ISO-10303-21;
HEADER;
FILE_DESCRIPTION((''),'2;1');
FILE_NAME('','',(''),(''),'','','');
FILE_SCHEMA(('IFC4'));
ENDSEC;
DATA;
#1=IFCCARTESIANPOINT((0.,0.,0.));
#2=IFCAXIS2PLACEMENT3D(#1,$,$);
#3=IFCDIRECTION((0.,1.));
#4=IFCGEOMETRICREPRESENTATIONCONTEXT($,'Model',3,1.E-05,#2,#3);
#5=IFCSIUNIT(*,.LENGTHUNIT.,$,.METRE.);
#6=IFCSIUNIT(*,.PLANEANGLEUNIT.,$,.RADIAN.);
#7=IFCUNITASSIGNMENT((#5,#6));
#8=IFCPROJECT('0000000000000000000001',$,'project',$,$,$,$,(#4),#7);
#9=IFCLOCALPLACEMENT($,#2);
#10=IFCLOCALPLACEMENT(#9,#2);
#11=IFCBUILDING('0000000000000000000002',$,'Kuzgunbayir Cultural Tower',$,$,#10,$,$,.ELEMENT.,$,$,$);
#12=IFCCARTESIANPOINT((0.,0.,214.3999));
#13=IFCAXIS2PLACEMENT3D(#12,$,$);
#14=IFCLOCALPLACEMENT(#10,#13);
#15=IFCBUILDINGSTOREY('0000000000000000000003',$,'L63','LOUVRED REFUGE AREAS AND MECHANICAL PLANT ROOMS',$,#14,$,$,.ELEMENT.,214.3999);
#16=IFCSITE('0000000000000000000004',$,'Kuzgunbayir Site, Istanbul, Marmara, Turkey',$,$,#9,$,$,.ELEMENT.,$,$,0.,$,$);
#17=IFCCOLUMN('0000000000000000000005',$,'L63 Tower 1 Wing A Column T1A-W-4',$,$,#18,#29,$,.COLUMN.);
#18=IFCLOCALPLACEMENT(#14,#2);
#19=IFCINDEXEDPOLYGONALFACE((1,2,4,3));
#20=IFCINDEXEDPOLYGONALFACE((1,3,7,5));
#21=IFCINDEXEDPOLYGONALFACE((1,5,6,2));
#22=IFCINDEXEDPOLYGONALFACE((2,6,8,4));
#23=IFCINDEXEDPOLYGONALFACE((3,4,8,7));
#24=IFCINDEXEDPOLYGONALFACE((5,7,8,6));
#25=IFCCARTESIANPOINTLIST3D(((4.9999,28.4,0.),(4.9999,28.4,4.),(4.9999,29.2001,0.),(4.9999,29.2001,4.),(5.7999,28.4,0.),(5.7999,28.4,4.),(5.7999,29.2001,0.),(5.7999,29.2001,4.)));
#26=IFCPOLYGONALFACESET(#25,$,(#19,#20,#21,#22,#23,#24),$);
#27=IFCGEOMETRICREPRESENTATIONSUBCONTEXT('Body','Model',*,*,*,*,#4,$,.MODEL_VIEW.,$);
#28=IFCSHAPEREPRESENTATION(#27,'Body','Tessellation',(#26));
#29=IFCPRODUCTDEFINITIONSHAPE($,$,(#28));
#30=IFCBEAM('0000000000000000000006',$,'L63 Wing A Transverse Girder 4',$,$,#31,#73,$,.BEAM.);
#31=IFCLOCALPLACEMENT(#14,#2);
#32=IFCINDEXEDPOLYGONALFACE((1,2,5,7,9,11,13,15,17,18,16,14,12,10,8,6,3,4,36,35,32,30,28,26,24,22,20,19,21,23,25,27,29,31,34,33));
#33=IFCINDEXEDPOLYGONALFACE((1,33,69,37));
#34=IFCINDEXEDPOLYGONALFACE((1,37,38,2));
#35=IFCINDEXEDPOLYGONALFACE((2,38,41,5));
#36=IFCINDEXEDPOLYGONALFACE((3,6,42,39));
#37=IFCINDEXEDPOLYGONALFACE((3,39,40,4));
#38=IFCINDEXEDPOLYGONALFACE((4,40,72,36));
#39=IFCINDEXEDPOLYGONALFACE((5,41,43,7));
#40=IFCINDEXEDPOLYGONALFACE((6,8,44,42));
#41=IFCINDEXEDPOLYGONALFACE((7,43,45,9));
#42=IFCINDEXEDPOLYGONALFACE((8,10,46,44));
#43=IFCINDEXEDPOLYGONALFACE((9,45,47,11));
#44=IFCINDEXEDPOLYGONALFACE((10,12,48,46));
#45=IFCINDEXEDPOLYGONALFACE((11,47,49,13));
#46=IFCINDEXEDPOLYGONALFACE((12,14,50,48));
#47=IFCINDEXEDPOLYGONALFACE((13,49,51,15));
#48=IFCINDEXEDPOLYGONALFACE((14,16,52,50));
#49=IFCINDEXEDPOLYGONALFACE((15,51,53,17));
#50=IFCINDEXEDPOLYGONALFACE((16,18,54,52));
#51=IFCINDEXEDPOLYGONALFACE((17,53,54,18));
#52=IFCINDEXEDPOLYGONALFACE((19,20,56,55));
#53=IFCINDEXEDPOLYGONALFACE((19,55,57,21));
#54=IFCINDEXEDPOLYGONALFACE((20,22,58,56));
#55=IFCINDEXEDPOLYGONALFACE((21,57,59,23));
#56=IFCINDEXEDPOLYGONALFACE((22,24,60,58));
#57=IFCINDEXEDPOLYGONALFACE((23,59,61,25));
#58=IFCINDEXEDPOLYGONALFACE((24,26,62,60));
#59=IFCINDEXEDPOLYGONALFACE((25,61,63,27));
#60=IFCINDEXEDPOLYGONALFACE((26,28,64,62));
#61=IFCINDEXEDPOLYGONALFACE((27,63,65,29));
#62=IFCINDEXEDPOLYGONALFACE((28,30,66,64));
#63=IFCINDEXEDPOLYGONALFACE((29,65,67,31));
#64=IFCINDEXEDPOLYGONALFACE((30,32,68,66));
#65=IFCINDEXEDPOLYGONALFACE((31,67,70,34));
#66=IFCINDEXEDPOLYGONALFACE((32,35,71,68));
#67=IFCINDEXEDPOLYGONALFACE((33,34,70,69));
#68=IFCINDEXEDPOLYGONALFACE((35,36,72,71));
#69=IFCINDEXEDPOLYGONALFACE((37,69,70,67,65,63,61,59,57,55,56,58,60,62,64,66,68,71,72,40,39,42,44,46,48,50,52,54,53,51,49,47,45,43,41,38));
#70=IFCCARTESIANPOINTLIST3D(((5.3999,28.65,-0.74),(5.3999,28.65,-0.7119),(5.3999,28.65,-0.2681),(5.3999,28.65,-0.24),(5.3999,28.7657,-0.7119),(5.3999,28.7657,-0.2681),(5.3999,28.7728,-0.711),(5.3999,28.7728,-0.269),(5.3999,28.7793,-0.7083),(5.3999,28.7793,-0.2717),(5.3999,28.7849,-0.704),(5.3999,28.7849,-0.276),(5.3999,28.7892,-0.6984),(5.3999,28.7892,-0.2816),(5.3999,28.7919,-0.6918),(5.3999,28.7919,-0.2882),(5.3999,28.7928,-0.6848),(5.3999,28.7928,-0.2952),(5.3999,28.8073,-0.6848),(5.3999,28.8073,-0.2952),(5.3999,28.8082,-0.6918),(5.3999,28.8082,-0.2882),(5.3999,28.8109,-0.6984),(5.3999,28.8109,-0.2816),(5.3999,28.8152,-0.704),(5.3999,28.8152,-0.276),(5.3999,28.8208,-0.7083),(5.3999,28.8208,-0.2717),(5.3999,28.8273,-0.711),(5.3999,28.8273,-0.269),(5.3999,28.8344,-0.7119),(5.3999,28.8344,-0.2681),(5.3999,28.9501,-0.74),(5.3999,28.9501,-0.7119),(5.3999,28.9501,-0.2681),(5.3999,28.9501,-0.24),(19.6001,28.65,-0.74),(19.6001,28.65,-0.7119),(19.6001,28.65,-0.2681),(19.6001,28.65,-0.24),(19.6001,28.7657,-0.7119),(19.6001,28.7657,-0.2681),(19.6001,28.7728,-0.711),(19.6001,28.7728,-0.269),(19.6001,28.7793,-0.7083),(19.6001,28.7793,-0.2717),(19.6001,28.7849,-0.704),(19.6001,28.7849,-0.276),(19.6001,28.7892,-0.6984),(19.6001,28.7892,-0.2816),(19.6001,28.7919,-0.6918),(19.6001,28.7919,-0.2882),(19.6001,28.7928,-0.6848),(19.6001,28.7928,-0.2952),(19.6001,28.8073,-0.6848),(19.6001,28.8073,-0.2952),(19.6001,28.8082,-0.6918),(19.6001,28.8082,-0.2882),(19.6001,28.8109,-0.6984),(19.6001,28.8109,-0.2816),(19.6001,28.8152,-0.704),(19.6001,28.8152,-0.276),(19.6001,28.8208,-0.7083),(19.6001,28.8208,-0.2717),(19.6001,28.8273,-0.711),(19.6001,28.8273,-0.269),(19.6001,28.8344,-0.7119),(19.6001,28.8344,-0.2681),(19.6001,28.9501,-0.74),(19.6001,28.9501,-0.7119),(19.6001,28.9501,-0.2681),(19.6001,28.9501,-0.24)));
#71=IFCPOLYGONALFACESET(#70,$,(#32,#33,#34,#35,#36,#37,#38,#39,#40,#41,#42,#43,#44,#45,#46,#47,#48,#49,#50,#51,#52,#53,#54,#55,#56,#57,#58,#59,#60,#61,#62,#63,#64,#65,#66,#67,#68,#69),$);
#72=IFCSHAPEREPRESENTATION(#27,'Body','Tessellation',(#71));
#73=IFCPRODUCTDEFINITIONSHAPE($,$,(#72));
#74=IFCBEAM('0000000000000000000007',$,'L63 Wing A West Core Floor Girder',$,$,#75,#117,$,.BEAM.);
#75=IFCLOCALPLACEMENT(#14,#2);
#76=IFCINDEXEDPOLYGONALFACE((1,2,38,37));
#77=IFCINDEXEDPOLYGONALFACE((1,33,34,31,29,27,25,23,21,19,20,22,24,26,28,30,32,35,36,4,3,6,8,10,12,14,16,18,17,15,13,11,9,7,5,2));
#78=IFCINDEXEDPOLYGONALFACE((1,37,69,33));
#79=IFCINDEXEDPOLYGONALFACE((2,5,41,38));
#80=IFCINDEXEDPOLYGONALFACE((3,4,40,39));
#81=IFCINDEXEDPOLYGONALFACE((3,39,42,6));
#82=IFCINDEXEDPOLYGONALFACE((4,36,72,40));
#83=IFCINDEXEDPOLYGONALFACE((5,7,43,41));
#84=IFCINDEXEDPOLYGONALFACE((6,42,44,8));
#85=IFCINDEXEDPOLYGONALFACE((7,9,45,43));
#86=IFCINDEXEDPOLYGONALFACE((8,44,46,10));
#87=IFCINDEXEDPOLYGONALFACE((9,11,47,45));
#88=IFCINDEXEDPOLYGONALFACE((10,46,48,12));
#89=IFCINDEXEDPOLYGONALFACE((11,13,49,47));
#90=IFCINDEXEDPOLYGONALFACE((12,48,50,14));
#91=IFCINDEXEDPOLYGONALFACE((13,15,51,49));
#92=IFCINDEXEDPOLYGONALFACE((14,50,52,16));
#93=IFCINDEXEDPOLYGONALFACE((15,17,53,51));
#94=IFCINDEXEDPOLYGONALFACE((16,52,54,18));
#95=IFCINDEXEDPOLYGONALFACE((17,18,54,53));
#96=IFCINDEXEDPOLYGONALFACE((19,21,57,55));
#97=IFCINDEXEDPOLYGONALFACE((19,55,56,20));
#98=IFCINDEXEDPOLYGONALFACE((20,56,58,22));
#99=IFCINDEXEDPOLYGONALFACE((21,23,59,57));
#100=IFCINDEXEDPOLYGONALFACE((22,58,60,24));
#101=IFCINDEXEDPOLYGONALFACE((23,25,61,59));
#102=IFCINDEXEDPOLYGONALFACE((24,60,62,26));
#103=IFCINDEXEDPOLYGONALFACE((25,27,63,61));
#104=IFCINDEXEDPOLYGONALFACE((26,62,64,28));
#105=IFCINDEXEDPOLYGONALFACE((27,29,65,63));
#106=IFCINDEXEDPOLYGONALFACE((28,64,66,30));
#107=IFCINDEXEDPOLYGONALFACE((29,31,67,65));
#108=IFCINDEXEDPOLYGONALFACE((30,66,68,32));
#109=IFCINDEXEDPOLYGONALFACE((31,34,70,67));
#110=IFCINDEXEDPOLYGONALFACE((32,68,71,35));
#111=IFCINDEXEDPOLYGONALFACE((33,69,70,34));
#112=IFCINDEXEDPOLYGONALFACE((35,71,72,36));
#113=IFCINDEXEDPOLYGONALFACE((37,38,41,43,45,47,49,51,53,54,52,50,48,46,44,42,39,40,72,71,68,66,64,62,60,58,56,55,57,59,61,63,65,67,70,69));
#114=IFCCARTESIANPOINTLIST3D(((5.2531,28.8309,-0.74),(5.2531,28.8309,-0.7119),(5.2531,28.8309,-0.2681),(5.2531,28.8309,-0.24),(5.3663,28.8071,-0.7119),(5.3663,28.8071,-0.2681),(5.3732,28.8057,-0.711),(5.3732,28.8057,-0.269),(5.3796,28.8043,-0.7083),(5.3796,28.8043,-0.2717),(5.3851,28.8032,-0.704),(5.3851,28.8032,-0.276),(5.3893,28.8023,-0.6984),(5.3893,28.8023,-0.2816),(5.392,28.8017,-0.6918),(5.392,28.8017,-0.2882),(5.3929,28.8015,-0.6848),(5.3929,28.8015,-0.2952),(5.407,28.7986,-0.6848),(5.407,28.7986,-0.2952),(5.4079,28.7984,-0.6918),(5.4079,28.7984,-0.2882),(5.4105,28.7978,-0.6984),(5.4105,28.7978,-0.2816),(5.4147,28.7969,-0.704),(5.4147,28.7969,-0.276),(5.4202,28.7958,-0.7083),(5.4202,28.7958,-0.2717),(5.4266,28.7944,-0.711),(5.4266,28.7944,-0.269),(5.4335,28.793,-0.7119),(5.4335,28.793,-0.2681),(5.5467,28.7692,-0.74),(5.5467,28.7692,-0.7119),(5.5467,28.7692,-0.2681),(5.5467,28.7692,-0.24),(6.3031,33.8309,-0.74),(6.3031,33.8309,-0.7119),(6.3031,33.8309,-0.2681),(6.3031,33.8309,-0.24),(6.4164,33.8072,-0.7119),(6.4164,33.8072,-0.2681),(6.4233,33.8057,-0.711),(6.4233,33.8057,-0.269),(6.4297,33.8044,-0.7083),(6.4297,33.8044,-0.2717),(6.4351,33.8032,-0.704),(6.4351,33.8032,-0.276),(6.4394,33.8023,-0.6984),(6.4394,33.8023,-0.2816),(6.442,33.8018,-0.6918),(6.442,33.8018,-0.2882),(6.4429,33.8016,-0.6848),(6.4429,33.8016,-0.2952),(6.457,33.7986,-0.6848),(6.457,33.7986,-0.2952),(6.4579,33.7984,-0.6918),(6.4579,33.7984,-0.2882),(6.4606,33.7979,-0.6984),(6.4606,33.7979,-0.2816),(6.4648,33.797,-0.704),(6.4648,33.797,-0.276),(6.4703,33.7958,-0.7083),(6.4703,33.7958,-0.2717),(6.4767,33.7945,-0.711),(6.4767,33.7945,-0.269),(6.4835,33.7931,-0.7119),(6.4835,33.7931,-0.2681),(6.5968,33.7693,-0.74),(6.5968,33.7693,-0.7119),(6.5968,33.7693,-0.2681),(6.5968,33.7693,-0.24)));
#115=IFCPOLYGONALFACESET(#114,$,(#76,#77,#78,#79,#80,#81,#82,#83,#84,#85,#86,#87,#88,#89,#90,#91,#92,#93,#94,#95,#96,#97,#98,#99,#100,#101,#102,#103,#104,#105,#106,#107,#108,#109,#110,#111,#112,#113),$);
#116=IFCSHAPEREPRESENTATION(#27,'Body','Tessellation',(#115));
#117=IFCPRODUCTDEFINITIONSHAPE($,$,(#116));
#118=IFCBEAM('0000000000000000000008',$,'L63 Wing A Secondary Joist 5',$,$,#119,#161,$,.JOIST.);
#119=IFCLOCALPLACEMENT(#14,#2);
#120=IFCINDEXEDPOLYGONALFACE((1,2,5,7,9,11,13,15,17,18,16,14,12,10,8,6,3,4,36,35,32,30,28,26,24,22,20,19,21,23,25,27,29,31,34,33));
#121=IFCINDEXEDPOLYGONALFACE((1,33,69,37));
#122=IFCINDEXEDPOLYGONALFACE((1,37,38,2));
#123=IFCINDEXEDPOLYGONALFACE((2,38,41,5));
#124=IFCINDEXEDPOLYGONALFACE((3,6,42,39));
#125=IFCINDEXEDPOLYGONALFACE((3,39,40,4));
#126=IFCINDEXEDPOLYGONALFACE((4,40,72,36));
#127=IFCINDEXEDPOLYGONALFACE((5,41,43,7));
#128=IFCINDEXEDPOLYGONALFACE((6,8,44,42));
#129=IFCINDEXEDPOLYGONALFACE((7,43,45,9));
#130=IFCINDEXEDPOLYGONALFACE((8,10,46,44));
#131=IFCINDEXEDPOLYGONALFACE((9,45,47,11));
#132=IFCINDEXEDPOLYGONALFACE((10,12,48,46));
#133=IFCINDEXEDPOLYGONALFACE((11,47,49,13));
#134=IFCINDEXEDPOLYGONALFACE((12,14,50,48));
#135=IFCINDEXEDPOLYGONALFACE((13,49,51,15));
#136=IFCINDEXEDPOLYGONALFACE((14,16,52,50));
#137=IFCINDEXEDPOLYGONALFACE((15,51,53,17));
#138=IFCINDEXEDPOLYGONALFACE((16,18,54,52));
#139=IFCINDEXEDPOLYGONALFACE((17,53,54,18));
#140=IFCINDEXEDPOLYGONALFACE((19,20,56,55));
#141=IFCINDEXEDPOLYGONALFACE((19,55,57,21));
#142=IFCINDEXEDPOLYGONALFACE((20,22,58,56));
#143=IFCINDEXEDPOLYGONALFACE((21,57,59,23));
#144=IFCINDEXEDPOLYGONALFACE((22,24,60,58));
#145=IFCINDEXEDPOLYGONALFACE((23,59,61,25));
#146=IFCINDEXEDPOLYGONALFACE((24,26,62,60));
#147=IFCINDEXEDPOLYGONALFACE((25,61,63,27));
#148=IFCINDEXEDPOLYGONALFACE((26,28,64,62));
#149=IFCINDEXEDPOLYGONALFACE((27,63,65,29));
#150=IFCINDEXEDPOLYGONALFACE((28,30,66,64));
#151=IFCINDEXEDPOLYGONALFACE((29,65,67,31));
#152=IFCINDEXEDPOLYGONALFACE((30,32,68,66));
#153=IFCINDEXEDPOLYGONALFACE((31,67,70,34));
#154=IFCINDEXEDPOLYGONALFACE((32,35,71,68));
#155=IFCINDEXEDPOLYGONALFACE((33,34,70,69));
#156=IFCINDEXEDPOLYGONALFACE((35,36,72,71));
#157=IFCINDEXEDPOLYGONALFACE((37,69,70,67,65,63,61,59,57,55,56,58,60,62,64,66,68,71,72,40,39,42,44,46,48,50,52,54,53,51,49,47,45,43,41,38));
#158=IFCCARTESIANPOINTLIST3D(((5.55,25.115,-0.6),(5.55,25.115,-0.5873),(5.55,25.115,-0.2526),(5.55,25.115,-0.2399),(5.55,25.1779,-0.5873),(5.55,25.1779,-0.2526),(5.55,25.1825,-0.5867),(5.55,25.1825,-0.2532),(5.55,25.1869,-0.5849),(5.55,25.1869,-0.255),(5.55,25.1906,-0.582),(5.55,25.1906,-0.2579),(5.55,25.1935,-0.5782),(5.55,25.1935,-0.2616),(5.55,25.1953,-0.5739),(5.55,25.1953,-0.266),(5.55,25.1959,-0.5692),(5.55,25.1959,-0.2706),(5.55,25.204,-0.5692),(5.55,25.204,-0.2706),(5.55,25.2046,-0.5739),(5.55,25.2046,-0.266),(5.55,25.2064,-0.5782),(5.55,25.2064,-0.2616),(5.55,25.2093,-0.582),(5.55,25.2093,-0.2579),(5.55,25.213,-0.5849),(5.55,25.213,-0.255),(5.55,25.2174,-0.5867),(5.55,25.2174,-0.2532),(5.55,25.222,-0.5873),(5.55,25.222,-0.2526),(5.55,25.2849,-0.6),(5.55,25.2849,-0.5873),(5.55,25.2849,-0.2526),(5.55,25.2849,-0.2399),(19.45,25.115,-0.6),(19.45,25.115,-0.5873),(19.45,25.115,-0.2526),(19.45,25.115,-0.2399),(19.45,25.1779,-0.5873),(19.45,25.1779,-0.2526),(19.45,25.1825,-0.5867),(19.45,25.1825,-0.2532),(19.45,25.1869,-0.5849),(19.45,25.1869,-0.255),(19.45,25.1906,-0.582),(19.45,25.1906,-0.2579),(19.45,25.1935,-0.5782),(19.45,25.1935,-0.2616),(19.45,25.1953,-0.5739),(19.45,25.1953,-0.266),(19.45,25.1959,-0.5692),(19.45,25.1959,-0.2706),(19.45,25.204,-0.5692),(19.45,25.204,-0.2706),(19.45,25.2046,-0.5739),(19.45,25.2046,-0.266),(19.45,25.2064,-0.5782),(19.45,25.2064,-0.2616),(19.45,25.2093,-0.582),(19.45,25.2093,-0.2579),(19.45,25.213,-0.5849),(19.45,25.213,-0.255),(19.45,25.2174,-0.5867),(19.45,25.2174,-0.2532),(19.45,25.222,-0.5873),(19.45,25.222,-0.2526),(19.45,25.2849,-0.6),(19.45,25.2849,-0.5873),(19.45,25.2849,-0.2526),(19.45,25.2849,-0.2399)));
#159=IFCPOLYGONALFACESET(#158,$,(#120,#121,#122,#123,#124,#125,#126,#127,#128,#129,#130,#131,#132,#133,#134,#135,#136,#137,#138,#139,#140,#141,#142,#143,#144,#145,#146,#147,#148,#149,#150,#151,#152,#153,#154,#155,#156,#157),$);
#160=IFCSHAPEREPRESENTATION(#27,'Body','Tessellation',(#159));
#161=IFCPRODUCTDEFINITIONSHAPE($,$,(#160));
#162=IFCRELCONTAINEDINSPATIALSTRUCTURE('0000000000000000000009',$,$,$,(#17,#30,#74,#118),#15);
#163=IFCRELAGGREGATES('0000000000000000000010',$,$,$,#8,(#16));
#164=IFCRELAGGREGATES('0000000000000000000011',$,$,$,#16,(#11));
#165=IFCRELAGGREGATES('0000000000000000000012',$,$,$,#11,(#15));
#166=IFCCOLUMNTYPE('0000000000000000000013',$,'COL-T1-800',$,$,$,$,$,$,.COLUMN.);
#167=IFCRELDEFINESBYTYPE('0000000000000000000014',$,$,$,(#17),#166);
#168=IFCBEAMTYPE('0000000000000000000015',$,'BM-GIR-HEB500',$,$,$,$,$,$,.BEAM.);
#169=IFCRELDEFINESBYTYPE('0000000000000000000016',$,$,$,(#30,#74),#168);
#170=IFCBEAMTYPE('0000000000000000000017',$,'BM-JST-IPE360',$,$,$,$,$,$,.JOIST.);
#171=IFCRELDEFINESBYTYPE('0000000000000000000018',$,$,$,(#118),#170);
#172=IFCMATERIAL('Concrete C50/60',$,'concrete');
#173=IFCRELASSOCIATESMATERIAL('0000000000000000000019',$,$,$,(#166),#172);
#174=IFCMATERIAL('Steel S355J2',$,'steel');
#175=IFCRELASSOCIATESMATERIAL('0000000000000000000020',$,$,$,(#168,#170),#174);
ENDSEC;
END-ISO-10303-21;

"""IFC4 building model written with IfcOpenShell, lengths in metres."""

from ifc_helpers import new_model, si_unit, direction, frame, origin, origin_2d, place, context, subcontext, project, spatial, rectangle, i_section, extrude, material, material_profile, profile_set, type_object, element, save


model = new_model("IFC4")

# Units and contexts
model_context = context("Model", 3, precision=1e-05, world=origin(), true_north=direction((0.0, 1.0)))
body_context = subcontext(model_context, "Body", "Model", "MODEL_VIEW")
ifc_project = project(units=[si_unit("LENGTHUNIT", "METRE"), si_unit("PLANEANGLEUNIT", "RADIAN")], contexts=[model_context])

# Site, building, storey
site_placement = place(None, origin())
site = spatial("IfcSite", under=ifc_project, at=site_placement, Name="Kuzgunbayir Site, Istanbul, Marmara, Turkey", CompositionType="ELEMENT", RefElevation=0.0)
building_placement = place(site_placement, origin())
building = spatial("IfcBuilding", under=site, at=building_placement, Name="Kuzgunbayir Cultural Tower", CompositionType="ELEMENT")
storey_placement = place(building_placement, frame((0.0, 0.0, 214.3999)))
storey = spatial("IfcBuildingStorey", under=building, at=storey_placement, Name="L63", Description="LOUVRED REFUGE AREAS AND MECHANICAL PLANT ROOMS", CompositionType="ELEMENT", Elevation=214.3999)

# Column
ifc_material_1 = material(Name="Concrete C50/60", Category="concrete")
ifc_material_profile_1 = material_profile(ifc_material_1, rectangle(XDim=0.8, YDim=0.8, at=origin_2d()), Name="RC 800x800")
ifc_profile_set_1 = profile_set([ifc_material_profile_1], Name="Concrete C50/60")
column_type = type_object("IfcColumnType", Name="COL-T1-800", PredefinedType="COLUMN", material=ifc_profile_set_1)
column_placement = place(storey_placement, frame((5.3999, 28.8, 0.0), z_axis=(0.0, 0.0, 1.0), x_axis=(1.0, 0.0, 0.0)))
element("IfcColumn", 1, at=column_placement, inside=storey, type_object=column_type, Name="L63 Tower 1 Wing A Column T1A-W-4", PredefinedType="COLUMN", context=body_context, shape_type="SweptSolid", body=[
    extrude(rectangle(XDim=0.8, YDim=0.8, at=origin_2d()), origin(), (0.0, 0.0, 1.0), 4.0),
])

# Beams
ifc_material_2 = material(Name="Steel S355J2", Category="steel")
ifc_material_profile_2 = material_profile(ifc_material_2, i_section(OverallWidth=0.3, OverallDepth=0.5, WebThickness=0.0144, FlangeThickness=0.0281, FilletRadius=0.0271, at=origin_2d()), Name="HEB 500")
ifc_profile_set_2 = profile_set([ifc_material_profile_2], Name="Steel S355J2")
beam_type_1 = type_object("IfcBeamType", Name="BM-GIR-HEB500", PredefinedType="BEAM", material=ifc_profile_set_2)
beam_1_placement = place(storey_placement, frame((5.3999, 28.8, -0.49), z_axis=(1.0, 0.0, 0.0), x_axis=(0.0, 1.0, 0.0)))
element("IfcBeam", 2, at=beam_1_placement, inside=storey, type_object=beam_type_1, Name="L63 Wing A Transverse Girder 4", PredefinedType="BEAM", context=body_context, shape_type="SweptSolid", body=[
    extrude(i_section(OverallWidth=0.3, OverallDepth=0.5, WebThickness=0.0144, FlangeThickness=0.0281, FilletRadius=0.0271, at=origin_2d()), origin(), (0.0, 0.0, 1.0), 14.2002),
])
beam_2_placement = place(storey_placement, frame((5.3999, 28.8, -0.49), z_axis=(0.205526, 0.978652, 0.0), x_axis=(-0.978652, 0.205526, 0.0)))
element("IfcBeam", 3, at=beam_2_placement, inside=storey, type_object=beam_type_1, Name="L63 Wing A West Core Floor Girder", PredefinedType="BEAM", context=body_context, shape_type="SweptSolid", body=[
    extrude(i_section(OverallWidth=0.3, OverallDepth=0.5, WebThickness=0.0144, FlangeThickness=0.0281, FilletRadius=0.0271, at=origin_2d()), origin(), (0.0, 0.0, 1.0), 5.1091),
])
ifc_material_profile_3 = material_profile(ifc_material_2, i_section(OverallWidth=0.1699, OverallDepth=0.3601, WebThickness=0.0081, FlangeThickness=0.0127, FilletRadius=0.0181, at=origin_2d()), Name="IPE 360")
ifc_profile_set_3 = profile_set([ifc_material_profile_3], Name="Steel S355J2")
beam_type_2 = type_object("IfcBeamType", Name="BM-JST-IPE360", PredefinedType="JOIST", material=ifc_profile_set_3)
for number, where, z_axis, x_axis, name in (
    (4, (5.55, 25.2, -0.4199), (1.0, 0.0, 0.0), (0.0, 1.0, 0.0), "L63 Wing A Secondary Joist 5"),
):
    element("IfcBeam", number, at=place(storey_placement, frame(where, z_axis=z_axis, x_axis=x_axis)), inside=storey, type_object=beam_type_2, Name=name, PredefinedType="JOIST", context=body_context, shape_type="SweptSolid", body=[
        extrude(i_section(OverallWidth=0.1699, OverallDepth=0.3601, WebThickness=0.0081, FlangeThickness=0.0127, FilletRadius=0.0181, at=origin_2d()), origin(), (0.0, 0.0, 1.0), 13.8999),
    ])

save(model, "model.ifc")
